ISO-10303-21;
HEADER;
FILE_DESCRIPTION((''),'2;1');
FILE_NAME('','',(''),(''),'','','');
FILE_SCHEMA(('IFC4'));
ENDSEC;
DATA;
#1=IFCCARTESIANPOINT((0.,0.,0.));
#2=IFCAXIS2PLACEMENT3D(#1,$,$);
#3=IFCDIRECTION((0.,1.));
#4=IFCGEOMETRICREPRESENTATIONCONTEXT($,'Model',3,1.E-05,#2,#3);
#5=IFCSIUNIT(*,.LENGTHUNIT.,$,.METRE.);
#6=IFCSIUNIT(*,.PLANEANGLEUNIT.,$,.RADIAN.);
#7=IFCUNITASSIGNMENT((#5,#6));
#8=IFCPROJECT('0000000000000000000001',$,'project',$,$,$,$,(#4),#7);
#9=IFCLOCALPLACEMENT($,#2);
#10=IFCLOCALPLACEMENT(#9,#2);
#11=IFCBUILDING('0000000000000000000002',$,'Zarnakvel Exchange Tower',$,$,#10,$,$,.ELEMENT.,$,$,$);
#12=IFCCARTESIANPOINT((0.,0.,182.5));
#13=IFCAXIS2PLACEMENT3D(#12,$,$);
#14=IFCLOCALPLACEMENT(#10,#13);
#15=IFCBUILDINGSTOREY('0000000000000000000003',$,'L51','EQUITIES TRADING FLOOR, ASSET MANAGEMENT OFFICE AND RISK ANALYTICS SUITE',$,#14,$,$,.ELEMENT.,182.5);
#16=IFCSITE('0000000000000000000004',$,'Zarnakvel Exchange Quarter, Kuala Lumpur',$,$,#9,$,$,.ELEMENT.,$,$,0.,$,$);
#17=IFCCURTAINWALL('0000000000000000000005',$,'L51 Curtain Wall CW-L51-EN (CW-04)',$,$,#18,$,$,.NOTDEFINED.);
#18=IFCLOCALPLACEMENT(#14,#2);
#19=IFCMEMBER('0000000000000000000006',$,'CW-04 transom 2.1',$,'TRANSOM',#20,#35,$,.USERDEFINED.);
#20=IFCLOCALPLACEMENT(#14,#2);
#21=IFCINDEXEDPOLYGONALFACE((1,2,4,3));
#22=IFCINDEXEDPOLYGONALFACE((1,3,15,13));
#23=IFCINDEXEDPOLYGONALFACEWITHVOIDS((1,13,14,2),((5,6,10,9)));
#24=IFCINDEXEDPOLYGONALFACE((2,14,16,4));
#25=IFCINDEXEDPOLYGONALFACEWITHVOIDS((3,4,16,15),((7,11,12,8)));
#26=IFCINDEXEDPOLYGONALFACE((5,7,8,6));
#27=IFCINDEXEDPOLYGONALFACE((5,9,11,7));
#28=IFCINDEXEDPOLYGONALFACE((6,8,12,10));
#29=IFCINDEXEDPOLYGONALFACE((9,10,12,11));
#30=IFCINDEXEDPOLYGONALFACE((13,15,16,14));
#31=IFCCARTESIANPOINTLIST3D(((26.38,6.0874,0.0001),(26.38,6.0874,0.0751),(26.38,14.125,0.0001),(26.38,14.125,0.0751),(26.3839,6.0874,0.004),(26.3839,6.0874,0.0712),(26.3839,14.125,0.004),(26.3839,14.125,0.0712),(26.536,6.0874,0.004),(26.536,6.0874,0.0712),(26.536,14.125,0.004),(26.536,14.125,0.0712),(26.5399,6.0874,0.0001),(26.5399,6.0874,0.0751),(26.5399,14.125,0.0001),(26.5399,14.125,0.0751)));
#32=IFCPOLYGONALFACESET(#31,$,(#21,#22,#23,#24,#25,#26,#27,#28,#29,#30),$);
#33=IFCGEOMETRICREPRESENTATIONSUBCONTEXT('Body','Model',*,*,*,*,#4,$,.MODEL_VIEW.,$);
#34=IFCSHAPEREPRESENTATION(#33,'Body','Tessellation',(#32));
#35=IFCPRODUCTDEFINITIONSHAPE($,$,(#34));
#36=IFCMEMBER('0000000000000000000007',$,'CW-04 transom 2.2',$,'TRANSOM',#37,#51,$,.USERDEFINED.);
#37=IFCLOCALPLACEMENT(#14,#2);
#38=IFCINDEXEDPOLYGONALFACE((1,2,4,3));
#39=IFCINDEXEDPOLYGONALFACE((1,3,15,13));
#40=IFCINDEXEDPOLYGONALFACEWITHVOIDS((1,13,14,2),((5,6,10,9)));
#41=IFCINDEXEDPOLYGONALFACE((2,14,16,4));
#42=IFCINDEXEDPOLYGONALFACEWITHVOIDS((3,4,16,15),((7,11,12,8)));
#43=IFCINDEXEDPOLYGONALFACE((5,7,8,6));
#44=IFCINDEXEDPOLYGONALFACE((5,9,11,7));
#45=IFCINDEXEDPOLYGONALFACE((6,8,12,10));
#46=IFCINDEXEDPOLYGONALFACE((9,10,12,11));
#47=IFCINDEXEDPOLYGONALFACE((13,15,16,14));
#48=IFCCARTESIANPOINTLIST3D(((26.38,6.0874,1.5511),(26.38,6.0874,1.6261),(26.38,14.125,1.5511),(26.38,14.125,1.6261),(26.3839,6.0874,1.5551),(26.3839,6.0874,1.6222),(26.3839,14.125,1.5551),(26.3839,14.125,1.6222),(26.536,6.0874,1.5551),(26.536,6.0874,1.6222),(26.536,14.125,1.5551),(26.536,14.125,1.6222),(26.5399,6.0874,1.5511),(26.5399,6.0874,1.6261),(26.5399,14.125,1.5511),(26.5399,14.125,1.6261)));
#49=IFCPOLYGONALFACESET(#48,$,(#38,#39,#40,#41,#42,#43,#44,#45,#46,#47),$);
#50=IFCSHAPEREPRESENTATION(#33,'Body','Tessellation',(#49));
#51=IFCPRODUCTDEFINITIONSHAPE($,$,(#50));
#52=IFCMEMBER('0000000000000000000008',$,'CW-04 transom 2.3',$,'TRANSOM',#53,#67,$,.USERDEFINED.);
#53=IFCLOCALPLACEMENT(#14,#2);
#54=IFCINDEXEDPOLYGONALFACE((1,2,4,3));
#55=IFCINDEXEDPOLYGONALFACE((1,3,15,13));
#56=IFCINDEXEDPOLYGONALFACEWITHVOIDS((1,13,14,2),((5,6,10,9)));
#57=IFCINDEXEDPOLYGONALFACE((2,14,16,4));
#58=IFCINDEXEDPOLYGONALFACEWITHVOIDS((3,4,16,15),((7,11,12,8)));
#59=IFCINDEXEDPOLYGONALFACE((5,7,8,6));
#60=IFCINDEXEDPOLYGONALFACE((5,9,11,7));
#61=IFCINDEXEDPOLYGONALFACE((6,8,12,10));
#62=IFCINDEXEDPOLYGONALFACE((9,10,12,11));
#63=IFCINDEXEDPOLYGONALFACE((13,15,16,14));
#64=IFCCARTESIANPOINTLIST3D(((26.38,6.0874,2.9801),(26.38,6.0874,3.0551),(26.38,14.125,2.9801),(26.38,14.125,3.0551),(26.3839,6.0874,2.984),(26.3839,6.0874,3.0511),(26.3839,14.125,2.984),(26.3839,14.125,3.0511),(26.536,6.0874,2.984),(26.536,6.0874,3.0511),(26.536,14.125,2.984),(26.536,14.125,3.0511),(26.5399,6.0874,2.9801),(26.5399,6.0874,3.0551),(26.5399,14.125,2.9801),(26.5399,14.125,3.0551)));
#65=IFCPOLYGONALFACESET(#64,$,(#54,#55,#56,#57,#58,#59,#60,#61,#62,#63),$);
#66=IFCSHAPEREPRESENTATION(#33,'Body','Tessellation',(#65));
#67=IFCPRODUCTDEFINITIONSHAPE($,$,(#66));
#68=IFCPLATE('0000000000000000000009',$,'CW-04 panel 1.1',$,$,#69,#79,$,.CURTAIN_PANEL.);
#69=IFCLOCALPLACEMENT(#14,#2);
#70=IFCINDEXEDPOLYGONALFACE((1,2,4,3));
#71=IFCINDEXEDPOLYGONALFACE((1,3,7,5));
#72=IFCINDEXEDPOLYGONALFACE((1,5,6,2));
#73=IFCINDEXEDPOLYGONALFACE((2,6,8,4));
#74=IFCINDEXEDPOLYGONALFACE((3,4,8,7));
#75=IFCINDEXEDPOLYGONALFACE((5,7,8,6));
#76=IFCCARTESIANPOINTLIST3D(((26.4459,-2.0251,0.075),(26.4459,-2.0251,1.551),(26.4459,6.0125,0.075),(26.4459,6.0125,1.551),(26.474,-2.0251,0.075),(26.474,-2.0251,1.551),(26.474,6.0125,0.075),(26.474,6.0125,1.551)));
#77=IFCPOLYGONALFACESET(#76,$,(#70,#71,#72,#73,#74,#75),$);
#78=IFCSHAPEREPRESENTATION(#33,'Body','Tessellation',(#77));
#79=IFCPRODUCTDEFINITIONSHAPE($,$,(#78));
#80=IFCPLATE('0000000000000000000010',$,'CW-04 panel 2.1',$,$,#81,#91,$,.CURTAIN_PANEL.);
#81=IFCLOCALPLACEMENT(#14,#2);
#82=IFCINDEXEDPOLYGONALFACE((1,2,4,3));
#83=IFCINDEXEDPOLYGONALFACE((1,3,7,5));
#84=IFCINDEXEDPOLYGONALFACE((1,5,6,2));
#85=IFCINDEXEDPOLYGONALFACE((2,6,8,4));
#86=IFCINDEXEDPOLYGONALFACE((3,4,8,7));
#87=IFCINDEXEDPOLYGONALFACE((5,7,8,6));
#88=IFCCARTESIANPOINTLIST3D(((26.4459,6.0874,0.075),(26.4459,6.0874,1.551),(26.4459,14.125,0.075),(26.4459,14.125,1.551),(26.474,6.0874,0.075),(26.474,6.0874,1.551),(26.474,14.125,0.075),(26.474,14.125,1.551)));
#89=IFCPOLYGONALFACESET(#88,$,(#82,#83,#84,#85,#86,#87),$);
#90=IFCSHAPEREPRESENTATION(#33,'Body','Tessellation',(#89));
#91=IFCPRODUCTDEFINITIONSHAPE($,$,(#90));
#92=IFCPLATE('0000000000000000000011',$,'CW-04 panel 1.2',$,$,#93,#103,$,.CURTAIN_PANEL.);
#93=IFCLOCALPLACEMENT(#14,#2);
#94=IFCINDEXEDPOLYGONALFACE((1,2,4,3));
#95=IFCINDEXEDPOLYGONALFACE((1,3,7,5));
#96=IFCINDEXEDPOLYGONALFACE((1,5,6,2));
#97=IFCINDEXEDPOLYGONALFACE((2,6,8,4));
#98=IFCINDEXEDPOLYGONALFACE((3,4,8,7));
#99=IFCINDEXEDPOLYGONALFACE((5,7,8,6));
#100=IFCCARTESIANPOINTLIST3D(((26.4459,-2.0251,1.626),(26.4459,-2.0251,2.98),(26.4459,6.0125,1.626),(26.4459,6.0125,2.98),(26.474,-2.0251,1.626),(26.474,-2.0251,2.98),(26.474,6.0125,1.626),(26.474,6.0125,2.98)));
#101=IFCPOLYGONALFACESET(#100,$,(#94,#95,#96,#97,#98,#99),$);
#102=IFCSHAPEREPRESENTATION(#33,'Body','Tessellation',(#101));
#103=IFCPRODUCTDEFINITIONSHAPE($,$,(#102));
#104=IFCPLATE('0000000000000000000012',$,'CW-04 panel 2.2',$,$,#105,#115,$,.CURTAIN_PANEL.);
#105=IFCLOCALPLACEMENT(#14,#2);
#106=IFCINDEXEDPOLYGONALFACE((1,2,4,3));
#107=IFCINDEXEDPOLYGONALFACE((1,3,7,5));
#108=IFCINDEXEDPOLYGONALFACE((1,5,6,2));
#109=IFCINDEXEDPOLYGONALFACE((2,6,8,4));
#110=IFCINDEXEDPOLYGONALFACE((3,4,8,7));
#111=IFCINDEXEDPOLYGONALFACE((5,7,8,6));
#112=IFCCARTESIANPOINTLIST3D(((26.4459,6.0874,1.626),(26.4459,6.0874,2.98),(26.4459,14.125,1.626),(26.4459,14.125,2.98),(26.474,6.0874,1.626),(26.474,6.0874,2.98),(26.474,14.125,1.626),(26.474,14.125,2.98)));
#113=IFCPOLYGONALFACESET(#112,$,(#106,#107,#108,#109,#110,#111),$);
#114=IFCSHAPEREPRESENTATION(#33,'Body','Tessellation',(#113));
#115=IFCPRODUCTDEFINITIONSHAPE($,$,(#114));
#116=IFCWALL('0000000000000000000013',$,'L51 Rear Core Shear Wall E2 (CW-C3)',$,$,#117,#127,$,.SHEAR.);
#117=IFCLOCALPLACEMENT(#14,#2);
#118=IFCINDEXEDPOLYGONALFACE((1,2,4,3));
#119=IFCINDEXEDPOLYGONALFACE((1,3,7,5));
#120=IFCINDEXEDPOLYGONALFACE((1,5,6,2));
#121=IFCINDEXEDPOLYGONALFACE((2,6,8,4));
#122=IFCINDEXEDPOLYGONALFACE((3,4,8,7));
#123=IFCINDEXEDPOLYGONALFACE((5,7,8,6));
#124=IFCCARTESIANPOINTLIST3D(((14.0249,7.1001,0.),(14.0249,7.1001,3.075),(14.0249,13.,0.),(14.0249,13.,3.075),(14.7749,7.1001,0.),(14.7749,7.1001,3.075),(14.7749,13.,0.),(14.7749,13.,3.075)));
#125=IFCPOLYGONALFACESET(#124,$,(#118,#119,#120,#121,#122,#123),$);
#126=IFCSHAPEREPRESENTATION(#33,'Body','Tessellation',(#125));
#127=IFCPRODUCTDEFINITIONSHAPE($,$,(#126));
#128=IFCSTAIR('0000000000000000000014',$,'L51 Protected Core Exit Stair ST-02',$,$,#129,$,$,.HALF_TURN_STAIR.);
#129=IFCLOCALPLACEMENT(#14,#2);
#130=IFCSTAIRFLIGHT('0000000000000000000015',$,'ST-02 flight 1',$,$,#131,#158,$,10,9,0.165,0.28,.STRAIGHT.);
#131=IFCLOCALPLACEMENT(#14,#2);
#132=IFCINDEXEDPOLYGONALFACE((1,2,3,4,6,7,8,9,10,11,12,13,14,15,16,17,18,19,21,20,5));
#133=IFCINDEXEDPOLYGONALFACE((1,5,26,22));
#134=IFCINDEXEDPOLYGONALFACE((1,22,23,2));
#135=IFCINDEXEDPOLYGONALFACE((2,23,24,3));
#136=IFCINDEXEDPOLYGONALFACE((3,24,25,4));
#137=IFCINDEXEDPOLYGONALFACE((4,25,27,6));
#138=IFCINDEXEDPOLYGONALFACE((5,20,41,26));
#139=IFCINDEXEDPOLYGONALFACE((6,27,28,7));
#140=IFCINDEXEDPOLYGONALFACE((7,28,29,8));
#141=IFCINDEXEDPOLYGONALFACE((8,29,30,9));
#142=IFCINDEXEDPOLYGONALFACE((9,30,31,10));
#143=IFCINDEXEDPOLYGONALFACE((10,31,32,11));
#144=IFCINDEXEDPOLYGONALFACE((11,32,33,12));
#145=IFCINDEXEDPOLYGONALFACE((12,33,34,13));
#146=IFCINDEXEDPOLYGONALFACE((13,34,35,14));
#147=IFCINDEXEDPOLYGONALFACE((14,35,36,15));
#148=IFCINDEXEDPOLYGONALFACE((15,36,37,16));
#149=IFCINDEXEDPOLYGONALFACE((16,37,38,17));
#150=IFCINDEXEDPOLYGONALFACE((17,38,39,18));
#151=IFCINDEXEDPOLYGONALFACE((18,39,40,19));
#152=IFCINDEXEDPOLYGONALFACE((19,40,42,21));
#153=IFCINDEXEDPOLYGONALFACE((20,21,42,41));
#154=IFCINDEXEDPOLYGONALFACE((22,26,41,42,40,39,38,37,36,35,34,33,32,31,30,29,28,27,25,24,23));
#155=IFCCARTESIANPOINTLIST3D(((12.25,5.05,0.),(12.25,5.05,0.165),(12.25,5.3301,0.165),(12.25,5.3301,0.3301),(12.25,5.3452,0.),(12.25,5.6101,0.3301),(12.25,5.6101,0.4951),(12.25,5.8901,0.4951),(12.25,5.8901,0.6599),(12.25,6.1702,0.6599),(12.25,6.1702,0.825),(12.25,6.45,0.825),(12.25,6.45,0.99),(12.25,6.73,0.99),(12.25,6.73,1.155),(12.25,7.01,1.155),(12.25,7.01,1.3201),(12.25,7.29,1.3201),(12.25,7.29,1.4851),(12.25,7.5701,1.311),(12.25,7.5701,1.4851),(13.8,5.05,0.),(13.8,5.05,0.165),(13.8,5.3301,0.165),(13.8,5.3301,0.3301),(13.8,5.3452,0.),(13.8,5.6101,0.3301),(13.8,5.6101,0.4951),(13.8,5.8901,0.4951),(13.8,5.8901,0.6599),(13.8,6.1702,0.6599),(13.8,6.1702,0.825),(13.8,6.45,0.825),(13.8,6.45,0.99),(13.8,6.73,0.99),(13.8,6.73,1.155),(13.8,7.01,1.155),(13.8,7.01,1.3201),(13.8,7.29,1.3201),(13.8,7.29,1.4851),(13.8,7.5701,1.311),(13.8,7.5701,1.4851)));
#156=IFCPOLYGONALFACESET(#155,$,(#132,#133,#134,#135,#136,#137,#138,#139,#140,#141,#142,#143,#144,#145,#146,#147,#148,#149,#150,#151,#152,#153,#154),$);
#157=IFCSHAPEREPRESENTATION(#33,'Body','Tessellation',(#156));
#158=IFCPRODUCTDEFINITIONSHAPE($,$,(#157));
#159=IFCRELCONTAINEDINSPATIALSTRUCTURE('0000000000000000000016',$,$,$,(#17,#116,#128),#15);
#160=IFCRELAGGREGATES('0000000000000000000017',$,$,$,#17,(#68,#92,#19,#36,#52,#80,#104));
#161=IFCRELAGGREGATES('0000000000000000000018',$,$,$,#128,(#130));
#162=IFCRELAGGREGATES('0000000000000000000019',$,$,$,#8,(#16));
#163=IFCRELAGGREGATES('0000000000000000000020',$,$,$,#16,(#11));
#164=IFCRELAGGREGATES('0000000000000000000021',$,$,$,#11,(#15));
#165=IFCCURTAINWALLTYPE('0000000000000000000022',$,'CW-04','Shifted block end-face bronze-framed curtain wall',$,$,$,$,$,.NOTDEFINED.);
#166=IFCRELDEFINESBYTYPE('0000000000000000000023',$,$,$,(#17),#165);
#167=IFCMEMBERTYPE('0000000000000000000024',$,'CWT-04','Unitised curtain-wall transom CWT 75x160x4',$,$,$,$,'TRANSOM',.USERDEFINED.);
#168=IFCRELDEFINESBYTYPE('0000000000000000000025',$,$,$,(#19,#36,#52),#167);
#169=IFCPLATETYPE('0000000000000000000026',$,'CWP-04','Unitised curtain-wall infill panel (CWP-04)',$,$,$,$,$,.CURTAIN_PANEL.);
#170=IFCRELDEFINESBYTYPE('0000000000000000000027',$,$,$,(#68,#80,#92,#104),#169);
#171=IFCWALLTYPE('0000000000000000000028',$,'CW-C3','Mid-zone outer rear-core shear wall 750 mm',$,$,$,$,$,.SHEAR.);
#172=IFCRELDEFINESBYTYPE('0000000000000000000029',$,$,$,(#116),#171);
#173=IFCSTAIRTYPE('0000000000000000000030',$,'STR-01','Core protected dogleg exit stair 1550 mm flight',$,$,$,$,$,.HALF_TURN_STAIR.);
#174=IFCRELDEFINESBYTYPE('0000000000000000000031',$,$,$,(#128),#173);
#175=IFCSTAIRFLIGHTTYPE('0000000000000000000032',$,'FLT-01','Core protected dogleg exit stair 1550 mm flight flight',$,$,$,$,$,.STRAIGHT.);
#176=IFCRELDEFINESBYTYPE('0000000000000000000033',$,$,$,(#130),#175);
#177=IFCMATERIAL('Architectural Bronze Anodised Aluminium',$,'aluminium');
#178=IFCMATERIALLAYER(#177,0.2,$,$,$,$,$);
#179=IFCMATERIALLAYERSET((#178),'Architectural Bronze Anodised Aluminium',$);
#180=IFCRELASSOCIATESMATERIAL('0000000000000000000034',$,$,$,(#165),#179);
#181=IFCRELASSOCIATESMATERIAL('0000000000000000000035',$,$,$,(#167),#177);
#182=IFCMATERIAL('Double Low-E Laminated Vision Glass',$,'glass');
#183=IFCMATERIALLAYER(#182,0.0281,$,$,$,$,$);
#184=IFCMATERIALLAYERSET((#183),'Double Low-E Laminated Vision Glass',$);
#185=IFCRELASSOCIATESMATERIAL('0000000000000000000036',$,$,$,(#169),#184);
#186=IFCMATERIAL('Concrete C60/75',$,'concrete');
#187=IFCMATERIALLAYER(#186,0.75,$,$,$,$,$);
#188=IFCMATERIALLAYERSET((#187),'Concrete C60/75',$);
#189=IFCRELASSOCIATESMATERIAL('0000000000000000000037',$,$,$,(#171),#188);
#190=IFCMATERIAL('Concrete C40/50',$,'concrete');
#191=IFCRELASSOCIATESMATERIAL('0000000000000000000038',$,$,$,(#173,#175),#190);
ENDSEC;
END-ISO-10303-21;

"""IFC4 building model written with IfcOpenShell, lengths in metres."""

from ifc_helpers import new_model, si_unit, direction, frame, frame_2d, origin, origin_2d, place, context, subcontext, project, spatial, polyline, rectangle, hollow_rectangle, outline, extrude, source, transform, mapped, material, layer, layer_set, material_profile, profile_set, type_object, element, aggregate, save


model = new_model("IFC4")

# Units and contexts
model_context = context("Model", 3, precision=1e-05, world=origin(), true_north=direction((0.0, 1.0)))
body_context = subcontext(model_context, "Body", "Model", "MODEL_VIEW")
ifc_project = project(units=[si_unit("LENGTHUNIT", "METRE"), si_unit("PLANEANGLEUNIT", "RADIAN")], contexts=[model_context])

# Site, building, storey
site_placement = place(None, origin())
site = spatial("IfcSite", under=ifc_project, at=site_placement, Name="Zarnakvel Exchange Quarter, Kuala Lumpur", CompositionType="ELEMENT", RefElevation=0.0)
building_placement = place(site_placement, origin())
building = spatial("IfcBuilding", under=site, at=building_placement, Name="Zarnakvel Exchange Tower", CompositionType="ELEMENT")
storey_placement = place(building_placement, frame((0.0, 0.0, 182.5)))
storey = spatial("IfcBuildingStorey", under=building, at=storey_placement, Name="L51", Description="EQUITIES TRADING FLOOR, ASSET MANAGEMENT OFFICE AND RISK ANALYTICS SUITE", CompositionType="ELEMENT", Elevation=182.5)

# Shared definitions
ifc_material_1 = material(Name="Concrete C60/75", Category="concrete")

# Curtain wall, members, plates
ifc_material_2 = material(Name="Architectural Bronze Anodised Aluminium", Category="aluminium")
ifc_layer_1 = layer(ifc_material_2, 0.2)
ifc_layer_set_1 = layer_set([ifc_layer_1], Name="Architectural Bronze Anodised Aluminium")
curtain_wall_type = type_object("IfcCurtainWallType", Name="CW-04", Description="Shifted block end-face bronze-framed curtain wall", PredefinedType="NOTDEFINED", material=ifc_layer_set_1)
curtain_wall_placement = place(storey_placement, origin())
curtain_wall = element("IfcCurtainWall", 1, at=curtain_wall_placement, inside=storey, type_object=curtain_wall_type, Name="L51 Curtain Wall CW-L51-EN (CW-04)", PredefinedType="NOTDEFINED")
ifc_material_profile_1 = material_profile(ifc_material_2, hollow_rectangle(XDim=0.1599, YDim=0.075, WallThickness=0.0039, at=origin_2d()))
ifc_profile_set_1 = profile_set([ifc_material_profile_1], Name="Architectural Bronze Anodised Aluminium")
member_type_1 = type_object("IfcMemberType", Name="CWT-04", Description="Unitised curtain-wall transom CWT 75x160x4", ElementType="TRANSOM", PredefinedType="USERDEFINED", material=ifc_profile_set_1)
shared_shape_1 = source(origin(), body_context, "Body", "SweptSolid", [
    extrude(hollow_rectangle(XDim=0.1599, YDim=0.075, WallThickness=0.0039, at=origin_2d()), origin(), (0.0, 0.0, 1.0), 8.0376),
])
member_1_placement = place(storey_placement, frame((26.46, 6.0874, 0.0376), z_axis=(0.0, 1.0, 0.0), x_axis=(-1.0, 0.0, 0.0)))
member_1 = element("IfcMember", 2, at=member_1_placement, type_object=member_type_1, Name="CW-04 transom 2.1", ObjectType="TRANSOM", PredefinedType="USERDEFINED", context=body_context, shape_type="MappedRepresentation", body=[
    mapped(shared_shape_1, transform((0.0, 0.0, 0.0), x_axis=(1.0, 0.0, 0.0), y_axis=(0.0, 1.0, 0.0), z_axis=(0.0, 0.0, 1.0), scale=1.0)),
])
member_2_placement = place(storey_placement, frame((26.46, 6.0874, 1.5886), z_axis=(0.0, 1.0, 0.0), x_axis=(-1.0, 0.0, 0.0)))
member_2 = element("IfcMember", 3, at=member_2_placement, type_object=member_type_1, Name="CW-04 transom 2.2", ObjectType="TRANSOM", PredefinedType="USERDEFINED", context=body_context, shape_type="MappedRepresentation", body=[
    mapped(shared_shape_1, transform((0.0, 0.0, 0.0), x_axis=(1.0, 0.0, 0.0), y_axis=(0.0, 1.0, 0.0), z_axis=(0.0, 0.0, 1.0), scale=1.0)),
])
member_3_placement = place(storey_placement, frame((26.46, 6.0874, 3.0176), z_axis=(0.0, 1.0, 0.0), x_axis=(-1.0, 0.0, 0.0)))
member_3 = element("IfcMember", 4, at=member_3_placement, type_object=member_type_1, Name="CW-04 transom 2.3", ObjectType="TRANSOM", PredefinedType="USERDEFINED", context=body_context, shape_type="MappedRepresentation", body=[
    mapped(shared_shape_1, transform((0.0, 0.0, 0.0), x_axis=(1.0, 0.0, 0.0), y_axis=(0.0, 1.0, 0.0), z_axis=(0.0, 0.0, 1.0), scale=1.0)),
])
ifc_material_3 = material(Name="Double Low-E Laminated Vision Glass", Category="glass")
ifc_layer_2 = layer(ifc_material_3, 0.0281)
ifc_layer_set_2 = layer_set([ifc_layer_2], Name="Double Low-E Laminated Vision Glass")
plate_type = type_object("IfcPlateType", Name="CWP-04", Description="Unitised curtain-wall infill panel (CWP-04)", PredefinedType="CURTAIN_PANEL", material=ifc_layer_set_2)
shared_shape_2 = source(origin(), body_context, "Body", "SweptSolid", [
    extrude(rectangle(XDim=8.0376, YDim=0.0281, at=origin_2d()), origin(), (0.0, 0.0, 1.0), 1.4761),
])
plate_1_placement = place(storey_placement, frame((26.46, 1.9937, 0.075), z_axis=(0.0, 0.0, 1.0), x_axis=(0.0, 1.0, 0.0)))
plate_1 = element("IfcPlate", 5, at=plate_1_placement, type_object=plate_type, Name="CW-04 panel 1.1", PredefinedType="CURTAIN_PANEL", context=body_context, shape_type="MappedRepresentation", body=[
    mapped(shared_shape_2, transform((0.0, 0.0, 0.0), x_axis=(1.0, 0.0, 0.0), y_axis=(0.0, 1.0, 0.0), z_axis=(0.0, 0.0, 1.0), scale=1.0)),
])
plate_2_placement = place(storey_placement, frame((26.46, 10.1062, 0.075), z_axis=(0.0, 0.0, 1.0), x_axis=(0.0, 1.0, 0.0)))
plate_2 = element("IfcPlate", 6, at=plate_2_placement, type_object=plate_type, Name="CW-04 panel 2.1", PredefinedType="CURTAIN_PANEL", context=body_context, shape_type="MappedRepresentation", body=[
    mapped(shared_shape_2, transform((0.0, 0.0, 0.0), x_axis=(1.0, 0.0, 0.0), y_axis=(0.0, 1.0, 0.0), z_axis=(0.0, 0.0, 1.0), scale=1.0)),
])
shared_shape_3 = source(origin(), body_context, "Body", "SweptSolid", [
    extrude(rectangle(XDim=8.0376, YDim=0.0281, at=origin_2d()), origin(), (0.0, 0.0, 1.0), 1.354),
])
plate_3_placement = place(storey_placement, frame((26.46, 1.9937, 1.626), z_axis=(0.0, 0.0, 1.0), x_axis=(0.0, 1.0, 0.0)))
plate_3 = element("IfcPlate", 7, at=plate_3_placement, type_object=plate_type, Name="CW-04 panel 1.2", PredefinedType="CURTAIN_PANEL", context=body_context, shape_type="MappedRepresentation", body=[
    mapped(shared_shape_3, transform((0.0, 0.0, 0.0), x_axis=(1.0, 0.0, 0.0), y_axis=(0.0, 1.0, 0.0), z_axis=(0.0, 0.0, 1.0), scale=1.0)),
])
plate_4_placement = place(storey_placement, frame((26.46, 10.1062, 1.626), z_axis=(0.0, 0.0, 1.0), x_axis=(0.0, 1.0, 0.0)))
plate_4 = element("IfcPlate", 8, at=plate_4_placement, type_object=plate_type, Name="CW-04 panel 2.2", PredefinedType="CURTAIN_PANEL", context=body_context, shape_type="MappedRepresentation", body=[
    mapped(shared_shape_3, transform((0.0, 0.0, 0.0), x_axis=(1.0, 0.0, 0.0), y_axis=(0.0, 1.0, 0.0), z_axis=(0.0, 0.0, 1.0), scale=1.0)),
])
aggregate(curtain_wall, [plate_1, plate_3, member_1, member_2, member_3, plate_2, plate_4])

# Wall
ifc_layer_3 = layer(ifc_material_1, 0.75)
ifc_layer_set_3 = layer_set([ifc_layer_3], Name="Concrete C60/75")
wall_type_1 = type_object("IfcWallType", Name="CW-C3", Description="Mid-zone outer rear-core shear wall 750 mm", PredefinedType="SHEAR", material=ifc_layer_set_3)
wall_1_placement = place(storey_placement, frame((14.3999, 7.1001, 0.0), z_axis=(0.0, 0.0, 1.0), x_axis=(0.0, 1.0, 0.0)))
element("IfcWall", 9, at=wall_1_placement, inside=storey, type_object=wall_type_1, Name="L51 Rear Core Shear Wall E2 (CW-C3)", PredefinedType="SHEAR", context=body_context, shape_type="SweptSolid", body=[
    extrude(rectangle(XDim=5.8999, YDim=0.75, at=frame_2d((2.95, 0.0))), origin(), (0.0, 0.0, 1.0), 3.075),
])

# Shared definitions
ifc_material_4 = material(Name="Concrete C40/50", Category="concrete")

# Stair, stair flight
stair_type = type_object("IfcStairType", Name="STR-01", Description="Core protected dogleg exit stair 1550 mm flight", PredefinedType="HALF_TURN_STAIR", material=ifc_material_4)
stair_placement = place(storey_placement, origin())
stair = element("IfcStair", 10, at=stair_placement, inside=storey, type_object=stair_type, Name="L51 Protected Core Exit Stair ST-02", PredefinedType="HALF_TURN_STAIR")
stair_flight_type = type_object("IfcStairFlightType", Name="FLT-01", Description="Core protected dogleg exit stair 1550 mm flight flight", PredefinedType="STRAIGHT", material=ifc_material_4)
stair_flight_1_placement = place(storey_placement, frame((13.0249, 5.05, 0.0), z_axis=(0.0, 0.0, 1.0), x_axis=(0.0, 1.0, 0.0)))
stair_flight_1 = element("IfcStairFlight", 11, at=stair_flight_1_placement, type_object=stair_flight_type, Name="ST-02 flight 1", NumberOfRisers=10, NumberOfTreads=9, PredefinedType="STRAIGHT", RiserHeight=0.165, TreadLength=0.28, context=body_context, shape_type="SweptSolid", body=[
    extrude(outline(polyline([(0.0, 0.0), (0.0, 0.165), (0.28, 0.165), (0.28, 0.3301), (0.5601, 0.3301), (0.5601, 0.4951), (0.8401, 0.4951), (0.8401, 0.6599), (1.1201, 0.6599), (1.1201, 0.825), (1.3999, 0.825), (1.3999, 0.99), (1.6799, 0.99), (1.6799, 1.155), (1.96, 1.155), (1.96, 1.3201), (2.24, 1.3201), (2.24, 1.4851), (2.52, 1.4851), (2.52, 1.6499), (2.52, 1.311), (0.2952, 0.0), (0.0, 0.0)])), frame((0.0, 0.7749, 0.0), z_axis=(0.0, -1.0, 0.0), x_axis=(1.0, 0.0, 0.0)), (0.0, 0.0, 1.0), 1.55),
])
aggregate(stair, [stair_flight_1])

save(model, "model.ifc")
